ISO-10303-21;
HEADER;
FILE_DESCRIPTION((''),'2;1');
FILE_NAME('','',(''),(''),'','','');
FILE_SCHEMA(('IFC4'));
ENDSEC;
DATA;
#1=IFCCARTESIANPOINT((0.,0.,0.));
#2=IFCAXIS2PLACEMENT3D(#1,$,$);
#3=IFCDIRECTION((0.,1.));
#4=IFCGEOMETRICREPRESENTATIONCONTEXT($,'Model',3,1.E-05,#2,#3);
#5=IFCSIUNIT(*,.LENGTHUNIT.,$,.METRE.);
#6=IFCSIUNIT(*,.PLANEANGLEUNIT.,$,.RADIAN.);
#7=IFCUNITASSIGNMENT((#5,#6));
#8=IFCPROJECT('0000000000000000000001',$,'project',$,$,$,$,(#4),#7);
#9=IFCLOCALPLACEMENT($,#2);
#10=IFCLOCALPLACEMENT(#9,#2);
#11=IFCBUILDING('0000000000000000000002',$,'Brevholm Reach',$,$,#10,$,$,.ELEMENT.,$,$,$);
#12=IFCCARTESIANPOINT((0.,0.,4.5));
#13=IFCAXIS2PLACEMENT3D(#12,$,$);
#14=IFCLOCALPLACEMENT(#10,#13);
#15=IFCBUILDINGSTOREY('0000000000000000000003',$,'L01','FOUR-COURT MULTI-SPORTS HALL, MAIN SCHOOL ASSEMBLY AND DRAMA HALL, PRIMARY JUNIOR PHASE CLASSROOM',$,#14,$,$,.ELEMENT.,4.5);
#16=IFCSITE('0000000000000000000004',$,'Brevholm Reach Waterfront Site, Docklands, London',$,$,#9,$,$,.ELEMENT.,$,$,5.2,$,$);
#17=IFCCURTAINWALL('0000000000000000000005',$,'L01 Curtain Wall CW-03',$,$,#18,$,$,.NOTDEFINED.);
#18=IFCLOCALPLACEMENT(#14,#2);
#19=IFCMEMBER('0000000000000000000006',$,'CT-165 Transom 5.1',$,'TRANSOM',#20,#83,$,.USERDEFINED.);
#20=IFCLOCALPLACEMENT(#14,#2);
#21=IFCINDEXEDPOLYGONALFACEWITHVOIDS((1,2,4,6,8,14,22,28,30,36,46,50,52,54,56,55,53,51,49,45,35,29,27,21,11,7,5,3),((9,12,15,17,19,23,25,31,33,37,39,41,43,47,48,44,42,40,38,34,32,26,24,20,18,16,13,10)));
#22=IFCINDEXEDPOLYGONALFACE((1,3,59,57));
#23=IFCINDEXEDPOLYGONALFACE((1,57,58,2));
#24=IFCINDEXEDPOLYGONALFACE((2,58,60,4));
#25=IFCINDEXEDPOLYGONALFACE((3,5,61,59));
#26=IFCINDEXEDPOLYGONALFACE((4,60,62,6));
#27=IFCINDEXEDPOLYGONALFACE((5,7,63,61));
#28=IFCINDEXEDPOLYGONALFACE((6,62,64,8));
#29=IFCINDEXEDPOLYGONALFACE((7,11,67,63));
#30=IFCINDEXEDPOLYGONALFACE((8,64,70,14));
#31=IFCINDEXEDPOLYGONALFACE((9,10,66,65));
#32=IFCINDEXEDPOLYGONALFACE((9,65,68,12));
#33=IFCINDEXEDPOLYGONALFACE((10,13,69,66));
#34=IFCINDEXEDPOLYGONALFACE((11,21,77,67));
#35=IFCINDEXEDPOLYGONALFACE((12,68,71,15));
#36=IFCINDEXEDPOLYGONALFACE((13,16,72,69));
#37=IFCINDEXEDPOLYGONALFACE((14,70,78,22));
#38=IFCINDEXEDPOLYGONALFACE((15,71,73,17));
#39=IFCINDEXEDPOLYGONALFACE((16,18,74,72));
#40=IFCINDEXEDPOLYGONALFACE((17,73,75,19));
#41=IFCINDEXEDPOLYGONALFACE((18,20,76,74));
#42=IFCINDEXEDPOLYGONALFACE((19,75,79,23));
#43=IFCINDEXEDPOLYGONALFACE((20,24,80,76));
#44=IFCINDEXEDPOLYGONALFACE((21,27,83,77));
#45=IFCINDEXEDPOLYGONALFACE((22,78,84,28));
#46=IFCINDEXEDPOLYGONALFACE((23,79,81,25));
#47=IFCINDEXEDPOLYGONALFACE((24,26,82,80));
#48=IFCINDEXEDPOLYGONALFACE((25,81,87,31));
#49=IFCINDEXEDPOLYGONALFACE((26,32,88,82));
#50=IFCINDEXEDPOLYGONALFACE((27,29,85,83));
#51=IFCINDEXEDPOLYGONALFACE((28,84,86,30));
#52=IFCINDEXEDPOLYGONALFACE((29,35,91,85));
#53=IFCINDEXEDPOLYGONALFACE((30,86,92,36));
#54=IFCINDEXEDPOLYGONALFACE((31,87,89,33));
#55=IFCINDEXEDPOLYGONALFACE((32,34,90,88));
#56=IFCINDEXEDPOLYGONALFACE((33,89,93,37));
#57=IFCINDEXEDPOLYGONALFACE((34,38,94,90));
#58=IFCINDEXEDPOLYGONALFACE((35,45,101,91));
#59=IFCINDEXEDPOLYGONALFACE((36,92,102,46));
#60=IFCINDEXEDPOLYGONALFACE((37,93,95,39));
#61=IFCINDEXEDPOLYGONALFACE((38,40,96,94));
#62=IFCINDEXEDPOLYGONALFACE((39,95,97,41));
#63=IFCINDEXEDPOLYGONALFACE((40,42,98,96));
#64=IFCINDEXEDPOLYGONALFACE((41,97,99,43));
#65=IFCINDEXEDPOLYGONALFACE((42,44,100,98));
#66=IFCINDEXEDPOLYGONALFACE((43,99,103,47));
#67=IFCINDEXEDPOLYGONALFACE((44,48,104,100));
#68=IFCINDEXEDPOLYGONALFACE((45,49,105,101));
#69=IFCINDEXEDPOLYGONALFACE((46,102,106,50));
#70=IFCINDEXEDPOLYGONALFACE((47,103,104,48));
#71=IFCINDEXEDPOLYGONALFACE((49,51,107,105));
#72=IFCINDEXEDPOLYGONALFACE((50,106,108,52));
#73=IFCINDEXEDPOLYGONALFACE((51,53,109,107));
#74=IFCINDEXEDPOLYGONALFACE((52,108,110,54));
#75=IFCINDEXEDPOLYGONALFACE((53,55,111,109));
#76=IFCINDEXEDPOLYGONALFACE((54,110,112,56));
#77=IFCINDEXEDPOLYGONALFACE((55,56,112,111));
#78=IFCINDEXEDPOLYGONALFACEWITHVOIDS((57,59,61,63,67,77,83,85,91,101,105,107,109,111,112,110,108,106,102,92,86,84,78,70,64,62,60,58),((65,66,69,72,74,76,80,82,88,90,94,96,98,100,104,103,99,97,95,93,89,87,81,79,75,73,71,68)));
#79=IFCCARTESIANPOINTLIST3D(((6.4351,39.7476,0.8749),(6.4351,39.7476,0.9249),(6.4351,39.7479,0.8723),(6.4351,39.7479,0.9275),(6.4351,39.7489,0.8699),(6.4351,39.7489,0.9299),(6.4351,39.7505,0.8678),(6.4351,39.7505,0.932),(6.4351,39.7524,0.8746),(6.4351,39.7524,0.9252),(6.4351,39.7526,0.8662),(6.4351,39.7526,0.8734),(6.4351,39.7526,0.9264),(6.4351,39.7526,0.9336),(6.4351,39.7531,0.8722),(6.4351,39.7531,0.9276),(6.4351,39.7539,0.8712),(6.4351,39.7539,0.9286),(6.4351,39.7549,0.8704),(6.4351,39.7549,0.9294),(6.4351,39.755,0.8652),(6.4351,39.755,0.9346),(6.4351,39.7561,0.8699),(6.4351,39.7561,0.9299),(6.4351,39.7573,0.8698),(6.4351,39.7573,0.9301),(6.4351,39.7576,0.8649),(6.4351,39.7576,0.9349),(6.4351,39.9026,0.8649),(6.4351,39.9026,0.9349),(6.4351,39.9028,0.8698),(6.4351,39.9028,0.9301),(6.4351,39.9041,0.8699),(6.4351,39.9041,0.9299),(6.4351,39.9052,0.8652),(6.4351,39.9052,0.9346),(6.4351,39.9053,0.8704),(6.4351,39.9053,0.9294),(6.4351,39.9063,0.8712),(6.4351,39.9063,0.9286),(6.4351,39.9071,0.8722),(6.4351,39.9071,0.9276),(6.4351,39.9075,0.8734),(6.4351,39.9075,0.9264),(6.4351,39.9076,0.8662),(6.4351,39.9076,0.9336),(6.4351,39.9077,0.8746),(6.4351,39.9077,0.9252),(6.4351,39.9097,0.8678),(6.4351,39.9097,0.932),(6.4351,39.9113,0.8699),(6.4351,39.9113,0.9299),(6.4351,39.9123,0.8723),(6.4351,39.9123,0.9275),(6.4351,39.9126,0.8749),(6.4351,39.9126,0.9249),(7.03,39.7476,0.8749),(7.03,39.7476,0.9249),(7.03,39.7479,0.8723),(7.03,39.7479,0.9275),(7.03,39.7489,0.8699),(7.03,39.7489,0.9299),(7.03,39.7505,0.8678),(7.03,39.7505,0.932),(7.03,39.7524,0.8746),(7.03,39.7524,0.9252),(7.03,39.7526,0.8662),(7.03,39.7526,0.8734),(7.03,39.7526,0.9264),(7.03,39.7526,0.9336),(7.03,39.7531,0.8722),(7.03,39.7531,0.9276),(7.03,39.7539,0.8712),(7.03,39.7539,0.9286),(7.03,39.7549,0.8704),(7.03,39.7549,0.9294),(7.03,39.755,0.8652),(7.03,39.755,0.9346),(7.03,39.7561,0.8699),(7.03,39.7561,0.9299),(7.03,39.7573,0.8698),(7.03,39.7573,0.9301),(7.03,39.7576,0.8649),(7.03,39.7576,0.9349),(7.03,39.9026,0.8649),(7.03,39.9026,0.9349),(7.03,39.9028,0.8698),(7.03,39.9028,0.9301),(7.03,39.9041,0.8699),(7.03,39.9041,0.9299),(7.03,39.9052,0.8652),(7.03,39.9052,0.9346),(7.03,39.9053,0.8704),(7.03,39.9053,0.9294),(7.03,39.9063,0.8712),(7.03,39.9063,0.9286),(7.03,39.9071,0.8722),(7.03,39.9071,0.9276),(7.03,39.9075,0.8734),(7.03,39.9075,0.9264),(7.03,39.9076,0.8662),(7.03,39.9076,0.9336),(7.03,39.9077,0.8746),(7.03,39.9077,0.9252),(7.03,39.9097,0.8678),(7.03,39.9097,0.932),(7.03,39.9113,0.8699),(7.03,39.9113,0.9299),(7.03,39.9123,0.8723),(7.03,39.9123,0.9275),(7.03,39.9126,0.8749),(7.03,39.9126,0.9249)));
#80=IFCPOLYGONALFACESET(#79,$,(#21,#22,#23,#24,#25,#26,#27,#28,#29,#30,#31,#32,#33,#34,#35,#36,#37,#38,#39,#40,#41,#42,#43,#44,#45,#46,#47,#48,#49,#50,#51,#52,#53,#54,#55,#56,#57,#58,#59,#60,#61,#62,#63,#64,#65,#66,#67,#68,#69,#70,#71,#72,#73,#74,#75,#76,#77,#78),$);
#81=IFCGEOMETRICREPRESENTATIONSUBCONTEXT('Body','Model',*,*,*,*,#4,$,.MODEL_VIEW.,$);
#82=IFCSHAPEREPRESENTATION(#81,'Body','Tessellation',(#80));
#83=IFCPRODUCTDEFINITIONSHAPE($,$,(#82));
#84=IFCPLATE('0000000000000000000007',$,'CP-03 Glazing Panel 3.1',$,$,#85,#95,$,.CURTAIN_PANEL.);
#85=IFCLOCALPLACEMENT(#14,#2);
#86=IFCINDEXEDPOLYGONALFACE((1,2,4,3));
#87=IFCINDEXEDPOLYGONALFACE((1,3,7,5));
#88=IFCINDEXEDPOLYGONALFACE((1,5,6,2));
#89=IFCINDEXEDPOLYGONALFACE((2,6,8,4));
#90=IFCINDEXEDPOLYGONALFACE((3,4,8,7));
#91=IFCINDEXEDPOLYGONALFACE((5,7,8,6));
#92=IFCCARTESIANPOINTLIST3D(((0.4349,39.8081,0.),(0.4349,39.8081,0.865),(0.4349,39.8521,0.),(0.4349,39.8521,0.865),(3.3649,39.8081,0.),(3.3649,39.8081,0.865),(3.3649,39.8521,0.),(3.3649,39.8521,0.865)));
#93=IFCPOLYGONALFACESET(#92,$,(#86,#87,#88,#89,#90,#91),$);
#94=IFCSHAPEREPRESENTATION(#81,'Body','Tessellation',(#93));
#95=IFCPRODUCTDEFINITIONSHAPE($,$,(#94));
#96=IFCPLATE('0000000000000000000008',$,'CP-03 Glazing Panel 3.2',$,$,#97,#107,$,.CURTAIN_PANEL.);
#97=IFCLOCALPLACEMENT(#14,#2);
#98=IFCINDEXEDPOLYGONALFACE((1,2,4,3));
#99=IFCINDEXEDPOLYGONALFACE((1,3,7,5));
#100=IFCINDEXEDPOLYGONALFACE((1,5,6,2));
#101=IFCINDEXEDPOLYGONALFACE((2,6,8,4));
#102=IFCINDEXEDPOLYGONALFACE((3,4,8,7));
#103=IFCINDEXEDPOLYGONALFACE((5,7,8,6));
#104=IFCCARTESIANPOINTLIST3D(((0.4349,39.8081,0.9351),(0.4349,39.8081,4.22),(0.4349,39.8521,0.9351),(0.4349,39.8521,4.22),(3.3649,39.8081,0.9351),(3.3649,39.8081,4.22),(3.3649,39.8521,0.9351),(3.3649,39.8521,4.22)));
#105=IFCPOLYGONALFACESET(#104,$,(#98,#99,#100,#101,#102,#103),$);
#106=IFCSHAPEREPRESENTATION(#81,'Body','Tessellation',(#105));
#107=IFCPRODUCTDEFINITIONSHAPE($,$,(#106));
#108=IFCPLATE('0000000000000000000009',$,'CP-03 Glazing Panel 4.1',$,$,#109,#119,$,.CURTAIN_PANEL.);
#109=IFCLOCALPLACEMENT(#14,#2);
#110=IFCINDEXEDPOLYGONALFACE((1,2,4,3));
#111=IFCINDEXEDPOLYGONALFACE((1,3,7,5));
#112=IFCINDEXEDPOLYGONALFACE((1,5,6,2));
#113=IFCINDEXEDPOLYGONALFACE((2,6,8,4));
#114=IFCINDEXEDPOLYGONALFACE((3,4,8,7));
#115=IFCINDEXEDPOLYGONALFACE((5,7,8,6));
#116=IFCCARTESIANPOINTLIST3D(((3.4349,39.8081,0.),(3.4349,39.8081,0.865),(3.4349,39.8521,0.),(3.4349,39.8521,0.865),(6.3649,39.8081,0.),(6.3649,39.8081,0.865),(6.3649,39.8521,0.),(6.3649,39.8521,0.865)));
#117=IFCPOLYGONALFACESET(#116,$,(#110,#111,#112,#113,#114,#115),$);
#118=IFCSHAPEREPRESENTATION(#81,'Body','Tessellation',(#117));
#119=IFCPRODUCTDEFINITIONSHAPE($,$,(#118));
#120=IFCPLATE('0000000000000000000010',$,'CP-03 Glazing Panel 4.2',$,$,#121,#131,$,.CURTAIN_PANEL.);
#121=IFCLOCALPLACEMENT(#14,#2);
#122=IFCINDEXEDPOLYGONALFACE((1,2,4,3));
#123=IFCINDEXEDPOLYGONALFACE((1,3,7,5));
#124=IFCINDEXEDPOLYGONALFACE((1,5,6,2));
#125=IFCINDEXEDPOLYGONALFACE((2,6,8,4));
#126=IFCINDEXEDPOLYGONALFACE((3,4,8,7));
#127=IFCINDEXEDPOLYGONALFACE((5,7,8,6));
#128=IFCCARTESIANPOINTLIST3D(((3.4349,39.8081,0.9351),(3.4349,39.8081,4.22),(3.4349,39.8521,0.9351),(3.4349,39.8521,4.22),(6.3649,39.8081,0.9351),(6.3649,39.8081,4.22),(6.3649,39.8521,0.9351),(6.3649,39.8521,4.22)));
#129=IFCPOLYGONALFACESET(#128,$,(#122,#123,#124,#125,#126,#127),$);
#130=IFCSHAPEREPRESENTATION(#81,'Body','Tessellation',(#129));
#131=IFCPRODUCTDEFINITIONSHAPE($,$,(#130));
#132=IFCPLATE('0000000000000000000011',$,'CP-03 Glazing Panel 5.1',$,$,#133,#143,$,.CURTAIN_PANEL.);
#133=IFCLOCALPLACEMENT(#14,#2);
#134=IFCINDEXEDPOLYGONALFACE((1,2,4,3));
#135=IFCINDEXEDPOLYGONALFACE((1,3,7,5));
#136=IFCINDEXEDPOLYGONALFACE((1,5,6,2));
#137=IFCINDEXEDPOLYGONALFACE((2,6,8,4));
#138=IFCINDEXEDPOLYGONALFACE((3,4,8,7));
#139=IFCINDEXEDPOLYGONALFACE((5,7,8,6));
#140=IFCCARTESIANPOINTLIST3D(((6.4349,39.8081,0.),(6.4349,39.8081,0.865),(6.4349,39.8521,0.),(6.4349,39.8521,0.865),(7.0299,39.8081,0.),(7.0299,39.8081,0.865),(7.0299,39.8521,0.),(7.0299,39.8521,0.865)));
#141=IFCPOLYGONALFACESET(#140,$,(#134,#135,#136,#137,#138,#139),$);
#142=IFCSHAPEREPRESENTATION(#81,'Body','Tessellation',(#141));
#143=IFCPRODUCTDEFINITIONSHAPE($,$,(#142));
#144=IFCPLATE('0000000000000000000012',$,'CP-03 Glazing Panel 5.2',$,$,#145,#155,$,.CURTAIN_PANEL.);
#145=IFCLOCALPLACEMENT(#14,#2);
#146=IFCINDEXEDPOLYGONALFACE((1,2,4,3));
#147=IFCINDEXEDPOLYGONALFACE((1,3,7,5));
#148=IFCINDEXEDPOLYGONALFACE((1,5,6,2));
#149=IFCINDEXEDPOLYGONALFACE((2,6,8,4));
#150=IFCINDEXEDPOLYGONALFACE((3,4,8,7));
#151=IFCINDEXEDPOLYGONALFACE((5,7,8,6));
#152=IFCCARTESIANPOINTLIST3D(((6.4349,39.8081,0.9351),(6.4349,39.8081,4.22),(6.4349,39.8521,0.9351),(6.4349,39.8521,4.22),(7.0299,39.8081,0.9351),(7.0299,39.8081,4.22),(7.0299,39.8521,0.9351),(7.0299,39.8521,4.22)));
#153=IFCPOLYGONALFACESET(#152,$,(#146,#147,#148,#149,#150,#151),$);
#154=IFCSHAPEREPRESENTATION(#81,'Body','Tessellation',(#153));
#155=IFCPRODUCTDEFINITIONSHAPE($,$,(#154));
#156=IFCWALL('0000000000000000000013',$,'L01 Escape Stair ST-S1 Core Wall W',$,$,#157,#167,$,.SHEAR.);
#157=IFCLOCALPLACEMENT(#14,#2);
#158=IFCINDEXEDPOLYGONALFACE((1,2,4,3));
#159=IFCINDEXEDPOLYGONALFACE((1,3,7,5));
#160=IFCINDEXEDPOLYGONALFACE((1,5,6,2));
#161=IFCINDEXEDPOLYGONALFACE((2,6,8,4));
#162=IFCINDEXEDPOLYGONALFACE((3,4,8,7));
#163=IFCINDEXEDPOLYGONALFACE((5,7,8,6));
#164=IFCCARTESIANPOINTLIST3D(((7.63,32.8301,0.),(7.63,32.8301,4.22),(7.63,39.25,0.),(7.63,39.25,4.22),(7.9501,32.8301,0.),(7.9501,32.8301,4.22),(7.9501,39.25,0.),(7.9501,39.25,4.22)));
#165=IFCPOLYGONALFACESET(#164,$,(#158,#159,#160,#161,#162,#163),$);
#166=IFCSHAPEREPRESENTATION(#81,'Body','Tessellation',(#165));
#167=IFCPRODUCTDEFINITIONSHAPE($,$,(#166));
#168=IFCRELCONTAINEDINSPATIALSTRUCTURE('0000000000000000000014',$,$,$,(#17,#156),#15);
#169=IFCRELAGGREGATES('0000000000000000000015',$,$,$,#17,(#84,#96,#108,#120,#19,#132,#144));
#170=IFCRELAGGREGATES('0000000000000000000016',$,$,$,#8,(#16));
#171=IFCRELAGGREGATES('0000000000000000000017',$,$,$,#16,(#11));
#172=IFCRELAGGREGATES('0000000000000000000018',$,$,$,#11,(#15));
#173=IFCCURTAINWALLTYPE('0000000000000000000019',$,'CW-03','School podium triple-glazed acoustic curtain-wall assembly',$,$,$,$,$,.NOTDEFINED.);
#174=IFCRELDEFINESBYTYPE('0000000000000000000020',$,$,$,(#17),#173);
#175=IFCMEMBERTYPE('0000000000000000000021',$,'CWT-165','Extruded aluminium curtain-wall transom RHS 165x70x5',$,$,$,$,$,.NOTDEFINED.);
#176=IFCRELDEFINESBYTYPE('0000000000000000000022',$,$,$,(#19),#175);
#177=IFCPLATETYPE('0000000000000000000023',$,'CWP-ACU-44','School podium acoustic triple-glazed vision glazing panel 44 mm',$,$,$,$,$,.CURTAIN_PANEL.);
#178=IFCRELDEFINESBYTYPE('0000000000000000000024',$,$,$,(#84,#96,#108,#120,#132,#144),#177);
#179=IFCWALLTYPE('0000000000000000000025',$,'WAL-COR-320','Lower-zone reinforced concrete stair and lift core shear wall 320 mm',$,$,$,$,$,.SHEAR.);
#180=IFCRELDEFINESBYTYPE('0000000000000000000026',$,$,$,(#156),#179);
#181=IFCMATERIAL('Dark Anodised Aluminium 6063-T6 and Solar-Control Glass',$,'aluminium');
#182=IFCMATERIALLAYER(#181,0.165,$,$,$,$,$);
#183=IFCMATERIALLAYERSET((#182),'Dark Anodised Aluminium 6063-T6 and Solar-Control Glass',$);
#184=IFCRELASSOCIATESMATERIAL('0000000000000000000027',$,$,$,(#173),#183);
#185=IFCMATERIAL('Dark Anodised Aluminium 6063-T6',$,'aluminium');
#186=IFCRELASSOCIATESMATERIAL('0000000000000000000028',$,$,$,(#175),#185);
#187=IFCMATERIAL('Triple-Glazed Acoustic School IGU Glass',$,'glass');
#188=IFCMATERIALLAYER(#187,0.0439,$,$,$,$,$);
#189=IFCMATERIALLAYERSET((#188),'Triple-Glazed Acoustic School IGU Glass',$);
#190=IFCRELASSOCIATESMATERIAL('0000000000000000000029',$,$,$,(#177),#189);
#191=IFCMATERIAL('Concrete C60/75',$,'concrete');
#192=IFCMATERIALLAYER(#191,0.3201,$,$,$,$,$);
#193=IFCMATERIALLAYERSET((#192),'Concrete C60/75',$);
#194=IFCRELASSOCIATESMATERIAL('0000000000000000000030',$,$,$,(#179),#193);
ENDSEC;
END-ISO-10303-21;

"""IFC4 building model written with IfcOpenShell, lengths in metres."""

from ifc_helpers import new_model, si_unit, direction, frame, frame_2d, origin, origin_2d, place, context, subcontext, project, spatial, rectangle, hollow_rectangle, extrude, material, layer, layer_set, material_profile, profile_set, type_object, element, aggregate, save


model = new_model("IFC4")

# Units and contexts
model_context = context("Model", 3, precision=1e-05, world=origin(), true_north=direction((0.0, 1.0)))
body_context = subcontext(model_context, "Body", "Model", "MODEL_VIEW")
ifc_project = project(units=[si_unit("LENGTHUNIT", "METRE"), si_unit("PLANEANGLEUNIT", "RADIAN")], contexts=[model_context])

# Site, building, storey
site_placement = place(None, origin())
site = spatial("IfcSite", under=ifc_project, at=site_placement, Name="Brevholm Reach Waterfront Site, Docklands, London", CompositionType="ELEMENT", RefElevation=5.2)
building_placement = place(site_placement, origin())
building = spatial("IfcBuilding", under=site, at=building_placement, Name="Brevholm Reach", CompositionType="ELEMENT")
storey_placement = place(building_placement, frame((0.0, 0.0, 4.5)))
storey = spatial("IfcBuildingStorey", under=building, at=storey_placement, Name="L01", Description="FOUR-COURT MULTI-SPORTS HALL, MAIN SCHOOL ASSEMBLY AND DRAMA HALL, PRIMARY JUNIOR PHASE CLASSROOM", CompositionType="ELEMENT", Elevation=4.5)

# Curtain wall, member, plates
ifc_material_1 = material(Name="Dark Anodised Aluminium 6063-T6 and Solar-Control Glass", Category="aluminium")
ifc_layer_1 = layer(ifc_material_1, 0.165)
ifc_layer_set_1 = layer_set([ifc_layer_1], Name="Dark Anodised Aluminium 6063-T6 and Solar-Control Glass")
curtain_wall_type = type_object("IfcCurtainWallType", Name="CW-03", Description="School podium triple-glazed acoustic curtain-wall assembly", PredefinedType="NOTDEFINED", material=ifc_layer_set_1)
curtain_wall_placement = place(storey_placement, origin())
curtain_wall = element("IfcCurtainWall", 1, at=curtain_wall_placement, inside=storey, type_object=curtain_wall_type, Name="L01 Curtain Wall CW-03", PredefinedType="NOTDEFINED")
ifc_material_2 = material(Name="Dark Anodised Aluminium 6063-T6", Category="aluminium")
ifc_material_profile_1 = material_profile(ifc_material_2, hollow_rectangle(XDim=0.0701, YDim=0.165, WallThickness=0.0049, InnerFilletRadius=0.0049, OuterFilletRadius=0.01, at=origin_2d()), Name="RHS 165x70x5")
ifc_profile_set_1 = profile_set([ifc_material_profile_1], Name="Dark Anodised Aluminium 6063-T6")
member_type_1 = type_object("IfcMemberType", Name="CWT-165", Description="Extruded aluminium curtain-wall transom RHS 165x70x5", PredefinedType="NOTDEFINED", material=ifc_profile_set_1)
member_1_placement = place(storey_placement, frame((6.4351, 39.8301, 0.8999), z_axis=(1.0, 0.0, 0.0), x_axis=(0.0, 0.0, 1.0)))
member_1 = element("IfcMember", 2, at=member_1_placement, type_object=member_type_1, Name="CT-165 Transom 5.1", ObjectType="TRANSOM", PredefinedType="USERDEFINED", context=body_context, shape_type="SweptSolid", body=[
    extrude(hollow_rectangle(XDim=0.0701, YDim=0.165, WallThickness=0.0049, InnerFilletRadius=0.0049, OuterFilletRadius=0.01, at=origin_2d()), origin(), (0.0, 0.0, 1.0), 0.595),
])
ifc_material_3 = material(Name="Triple-Glazed Acoustic School IGU Glass", Category="glass")
ifc_layer_2 = layer(ifc_material_3, 0.0439)
ifc_layer_set_2 = layer_set([ifc_layer_2], Name="Triple-Glazed Acoustic School IGU Glass")
plate_type = type_object("IfcPlateType", Name="CWP-ACU-44", Description="School podium acoustic triple-glazed vision glazing panel 44 mm", PredefinedType="CURTAIN_PANEL", material=ifc_layer_set_2)
plate_1_placement = place(storey_placement, frame((1.8999, 39.8301, 0.0), z_axis=(0.0, 0.0, 1.0), x_axis=(1.0, 0.0, 0.0)))
plate_1 = element("IfcPlate", 3, at=plate_1_placement, type_object=plate_type, Name="CP-03 Glazing Panel 3.1", PredefinedType="CURTAIN_PANEL", context=body_context, shape_type="SweptSolid", body=[
    extrude(rectangle(XDim=2.9299, YDim=0.0439, at=origin_2d()), origin(), (0.0, 0.0, 1.0), 0.865),
])
plate_2_placement = place(storey_placement, frame((1.8999, 39.8301, 0.9351), z_axis=(0.0, 0.0, 1.0), x_axis=(1.0, 0.0, 0.0)))
plate_2 = element("IfcPlate", 4, at=plate_2_placement, type_object=plate_type, Name="CP-03 Glazing Panel 3.2", PredefinedType="CURTAIN_PANEL", context=body_context, shape_type="SweptSolid", body=[
    extrude(rectangle(XDim=2.9299, YDim=0.0439, at=origin_2d()), origin(), (0.0, 0.0, 1.0), 3.2849),
])
plate_3_placement = place(storey_placement, frame((4.8999, 39.8301, 0.0), z_axis=(0.0, 0.0, 1.0), x_axis=(1.0, 0.0, 0.0)))
plate_3 = element("IfcPlate", 5, at=plate_3_placement, type_object=plate_type, Name="CP-03 Glazing Panel 4.1", PredefinedType="CURTAIN_PANEL", context=body_context, shape_type="SweptSolid", body=[
    extrude(rectangle(XDim=2.9299, YDim=0.0439, at=origin_2d()), origin(), (0.0, 0.0, 1.0), 0.865),
])
plate_4_placement = place(storey_placement, frame((4.8999, 39.8301, 0.9351), z_axis=(0.0, 0.0, 1.0), x_axis=(1.0, 0.0, 0.0)))
plate_4 = element("IfcPlate", 6, at=plate_4_placement, type_object=plate_type, Name="CP-03 Glazing Panel 4.2", PredefinedType="CURTAIN_PANEL", context=body_context, shape_type="SweptSolid", body=[
    extrude(rectangle(XDim=2.9299, YDim=0.0439, at=origin_2d()), origin(), (0.0, 0.0, 1.0), 3.2849),
])
plate_5_placement = place(storey_placement, frame((6.7324, 39.8301, 0.0), z_axis=(0.0, 0.0, 1.0), x_axis=(1.0, 0.0, 0.0)))
plate_5 = element("IfcPlate", 7, at=plate_5_placement, type_object=plate_type, Name="CP-03 Glazing Panel 5.1", PredefinedType="CURTAIN_PANEL", context=body_context, shape_type="SweptSolid", body=[
    extrude(rectangle(XDim=0.595, YDim=0.0439, at=origin_2d()), origin(), (0.0, 0.0, 1.0), 0.865),
])
plate_6_placement = place(storey_placement, frame((6.7324, 39.8301, 0.9351), z_axis=(0.0, 0.0, 1.0), x_axis=(1.0, 0.0, 0.0)))
plate_6 = element("IfcPlate", 8, at=plate_6_placement, type_object=plate_type, Name="CP-03 Glazing Panel 5.2", PredefinedType="CURTAIN_PANEL", context=body_context, shape_type="SweptSolid", body=[
    extrude(rectangle(XDim=0.595, YDim=0.0439, at=origin_2d()), origin(), (0.0, 0.0, 1.0), 3.2849),
])
aggregate(curtain_wall, [plate_1, plate_2, plate_3, plate_4, member_1, plate_5, plate_6])

# Wall
ifc_material_4 = material(Name="Concrete C60/75", Category="concrete")
ifc_layer_3 = layer(ifc_material_4, 0.3201)
ifc_layer_set_3 = layer_set([ifc_layer_3], Name="Concrete C60/75")
wall_type_1 = type_object("IfcWallType", Name="WAL-COR-320", Description="Lower-zone reinforced concrete stair and lift core shear wall 320 mm", PredefinedType="SHEAR", material=ifc_layer_set_3)
wall_1_placement = place(storey_placement, frame((7.79, 32.8301, 0.0), z_axis=(0.0, 0.0, 1.0), x_axis=(0.0, 1.0, 0.0)))
element("IfcWall", 9, at=wall_1_placement, inside=storey, type_object=wall_type_1, Name="L01 Escape Stair ST-S1 Core Wall W", PredefinedType="SHEAR", context=body_context, shape_type="SweptSolid", body=[
    extrude(rectangle(XDim=6.4199, YDim=0.3201, at=frame_2d((3.21, 0.0))), origin(), (0.0, 0.0, 1.0), 4.22),
])

save(model, "model.ifc")
